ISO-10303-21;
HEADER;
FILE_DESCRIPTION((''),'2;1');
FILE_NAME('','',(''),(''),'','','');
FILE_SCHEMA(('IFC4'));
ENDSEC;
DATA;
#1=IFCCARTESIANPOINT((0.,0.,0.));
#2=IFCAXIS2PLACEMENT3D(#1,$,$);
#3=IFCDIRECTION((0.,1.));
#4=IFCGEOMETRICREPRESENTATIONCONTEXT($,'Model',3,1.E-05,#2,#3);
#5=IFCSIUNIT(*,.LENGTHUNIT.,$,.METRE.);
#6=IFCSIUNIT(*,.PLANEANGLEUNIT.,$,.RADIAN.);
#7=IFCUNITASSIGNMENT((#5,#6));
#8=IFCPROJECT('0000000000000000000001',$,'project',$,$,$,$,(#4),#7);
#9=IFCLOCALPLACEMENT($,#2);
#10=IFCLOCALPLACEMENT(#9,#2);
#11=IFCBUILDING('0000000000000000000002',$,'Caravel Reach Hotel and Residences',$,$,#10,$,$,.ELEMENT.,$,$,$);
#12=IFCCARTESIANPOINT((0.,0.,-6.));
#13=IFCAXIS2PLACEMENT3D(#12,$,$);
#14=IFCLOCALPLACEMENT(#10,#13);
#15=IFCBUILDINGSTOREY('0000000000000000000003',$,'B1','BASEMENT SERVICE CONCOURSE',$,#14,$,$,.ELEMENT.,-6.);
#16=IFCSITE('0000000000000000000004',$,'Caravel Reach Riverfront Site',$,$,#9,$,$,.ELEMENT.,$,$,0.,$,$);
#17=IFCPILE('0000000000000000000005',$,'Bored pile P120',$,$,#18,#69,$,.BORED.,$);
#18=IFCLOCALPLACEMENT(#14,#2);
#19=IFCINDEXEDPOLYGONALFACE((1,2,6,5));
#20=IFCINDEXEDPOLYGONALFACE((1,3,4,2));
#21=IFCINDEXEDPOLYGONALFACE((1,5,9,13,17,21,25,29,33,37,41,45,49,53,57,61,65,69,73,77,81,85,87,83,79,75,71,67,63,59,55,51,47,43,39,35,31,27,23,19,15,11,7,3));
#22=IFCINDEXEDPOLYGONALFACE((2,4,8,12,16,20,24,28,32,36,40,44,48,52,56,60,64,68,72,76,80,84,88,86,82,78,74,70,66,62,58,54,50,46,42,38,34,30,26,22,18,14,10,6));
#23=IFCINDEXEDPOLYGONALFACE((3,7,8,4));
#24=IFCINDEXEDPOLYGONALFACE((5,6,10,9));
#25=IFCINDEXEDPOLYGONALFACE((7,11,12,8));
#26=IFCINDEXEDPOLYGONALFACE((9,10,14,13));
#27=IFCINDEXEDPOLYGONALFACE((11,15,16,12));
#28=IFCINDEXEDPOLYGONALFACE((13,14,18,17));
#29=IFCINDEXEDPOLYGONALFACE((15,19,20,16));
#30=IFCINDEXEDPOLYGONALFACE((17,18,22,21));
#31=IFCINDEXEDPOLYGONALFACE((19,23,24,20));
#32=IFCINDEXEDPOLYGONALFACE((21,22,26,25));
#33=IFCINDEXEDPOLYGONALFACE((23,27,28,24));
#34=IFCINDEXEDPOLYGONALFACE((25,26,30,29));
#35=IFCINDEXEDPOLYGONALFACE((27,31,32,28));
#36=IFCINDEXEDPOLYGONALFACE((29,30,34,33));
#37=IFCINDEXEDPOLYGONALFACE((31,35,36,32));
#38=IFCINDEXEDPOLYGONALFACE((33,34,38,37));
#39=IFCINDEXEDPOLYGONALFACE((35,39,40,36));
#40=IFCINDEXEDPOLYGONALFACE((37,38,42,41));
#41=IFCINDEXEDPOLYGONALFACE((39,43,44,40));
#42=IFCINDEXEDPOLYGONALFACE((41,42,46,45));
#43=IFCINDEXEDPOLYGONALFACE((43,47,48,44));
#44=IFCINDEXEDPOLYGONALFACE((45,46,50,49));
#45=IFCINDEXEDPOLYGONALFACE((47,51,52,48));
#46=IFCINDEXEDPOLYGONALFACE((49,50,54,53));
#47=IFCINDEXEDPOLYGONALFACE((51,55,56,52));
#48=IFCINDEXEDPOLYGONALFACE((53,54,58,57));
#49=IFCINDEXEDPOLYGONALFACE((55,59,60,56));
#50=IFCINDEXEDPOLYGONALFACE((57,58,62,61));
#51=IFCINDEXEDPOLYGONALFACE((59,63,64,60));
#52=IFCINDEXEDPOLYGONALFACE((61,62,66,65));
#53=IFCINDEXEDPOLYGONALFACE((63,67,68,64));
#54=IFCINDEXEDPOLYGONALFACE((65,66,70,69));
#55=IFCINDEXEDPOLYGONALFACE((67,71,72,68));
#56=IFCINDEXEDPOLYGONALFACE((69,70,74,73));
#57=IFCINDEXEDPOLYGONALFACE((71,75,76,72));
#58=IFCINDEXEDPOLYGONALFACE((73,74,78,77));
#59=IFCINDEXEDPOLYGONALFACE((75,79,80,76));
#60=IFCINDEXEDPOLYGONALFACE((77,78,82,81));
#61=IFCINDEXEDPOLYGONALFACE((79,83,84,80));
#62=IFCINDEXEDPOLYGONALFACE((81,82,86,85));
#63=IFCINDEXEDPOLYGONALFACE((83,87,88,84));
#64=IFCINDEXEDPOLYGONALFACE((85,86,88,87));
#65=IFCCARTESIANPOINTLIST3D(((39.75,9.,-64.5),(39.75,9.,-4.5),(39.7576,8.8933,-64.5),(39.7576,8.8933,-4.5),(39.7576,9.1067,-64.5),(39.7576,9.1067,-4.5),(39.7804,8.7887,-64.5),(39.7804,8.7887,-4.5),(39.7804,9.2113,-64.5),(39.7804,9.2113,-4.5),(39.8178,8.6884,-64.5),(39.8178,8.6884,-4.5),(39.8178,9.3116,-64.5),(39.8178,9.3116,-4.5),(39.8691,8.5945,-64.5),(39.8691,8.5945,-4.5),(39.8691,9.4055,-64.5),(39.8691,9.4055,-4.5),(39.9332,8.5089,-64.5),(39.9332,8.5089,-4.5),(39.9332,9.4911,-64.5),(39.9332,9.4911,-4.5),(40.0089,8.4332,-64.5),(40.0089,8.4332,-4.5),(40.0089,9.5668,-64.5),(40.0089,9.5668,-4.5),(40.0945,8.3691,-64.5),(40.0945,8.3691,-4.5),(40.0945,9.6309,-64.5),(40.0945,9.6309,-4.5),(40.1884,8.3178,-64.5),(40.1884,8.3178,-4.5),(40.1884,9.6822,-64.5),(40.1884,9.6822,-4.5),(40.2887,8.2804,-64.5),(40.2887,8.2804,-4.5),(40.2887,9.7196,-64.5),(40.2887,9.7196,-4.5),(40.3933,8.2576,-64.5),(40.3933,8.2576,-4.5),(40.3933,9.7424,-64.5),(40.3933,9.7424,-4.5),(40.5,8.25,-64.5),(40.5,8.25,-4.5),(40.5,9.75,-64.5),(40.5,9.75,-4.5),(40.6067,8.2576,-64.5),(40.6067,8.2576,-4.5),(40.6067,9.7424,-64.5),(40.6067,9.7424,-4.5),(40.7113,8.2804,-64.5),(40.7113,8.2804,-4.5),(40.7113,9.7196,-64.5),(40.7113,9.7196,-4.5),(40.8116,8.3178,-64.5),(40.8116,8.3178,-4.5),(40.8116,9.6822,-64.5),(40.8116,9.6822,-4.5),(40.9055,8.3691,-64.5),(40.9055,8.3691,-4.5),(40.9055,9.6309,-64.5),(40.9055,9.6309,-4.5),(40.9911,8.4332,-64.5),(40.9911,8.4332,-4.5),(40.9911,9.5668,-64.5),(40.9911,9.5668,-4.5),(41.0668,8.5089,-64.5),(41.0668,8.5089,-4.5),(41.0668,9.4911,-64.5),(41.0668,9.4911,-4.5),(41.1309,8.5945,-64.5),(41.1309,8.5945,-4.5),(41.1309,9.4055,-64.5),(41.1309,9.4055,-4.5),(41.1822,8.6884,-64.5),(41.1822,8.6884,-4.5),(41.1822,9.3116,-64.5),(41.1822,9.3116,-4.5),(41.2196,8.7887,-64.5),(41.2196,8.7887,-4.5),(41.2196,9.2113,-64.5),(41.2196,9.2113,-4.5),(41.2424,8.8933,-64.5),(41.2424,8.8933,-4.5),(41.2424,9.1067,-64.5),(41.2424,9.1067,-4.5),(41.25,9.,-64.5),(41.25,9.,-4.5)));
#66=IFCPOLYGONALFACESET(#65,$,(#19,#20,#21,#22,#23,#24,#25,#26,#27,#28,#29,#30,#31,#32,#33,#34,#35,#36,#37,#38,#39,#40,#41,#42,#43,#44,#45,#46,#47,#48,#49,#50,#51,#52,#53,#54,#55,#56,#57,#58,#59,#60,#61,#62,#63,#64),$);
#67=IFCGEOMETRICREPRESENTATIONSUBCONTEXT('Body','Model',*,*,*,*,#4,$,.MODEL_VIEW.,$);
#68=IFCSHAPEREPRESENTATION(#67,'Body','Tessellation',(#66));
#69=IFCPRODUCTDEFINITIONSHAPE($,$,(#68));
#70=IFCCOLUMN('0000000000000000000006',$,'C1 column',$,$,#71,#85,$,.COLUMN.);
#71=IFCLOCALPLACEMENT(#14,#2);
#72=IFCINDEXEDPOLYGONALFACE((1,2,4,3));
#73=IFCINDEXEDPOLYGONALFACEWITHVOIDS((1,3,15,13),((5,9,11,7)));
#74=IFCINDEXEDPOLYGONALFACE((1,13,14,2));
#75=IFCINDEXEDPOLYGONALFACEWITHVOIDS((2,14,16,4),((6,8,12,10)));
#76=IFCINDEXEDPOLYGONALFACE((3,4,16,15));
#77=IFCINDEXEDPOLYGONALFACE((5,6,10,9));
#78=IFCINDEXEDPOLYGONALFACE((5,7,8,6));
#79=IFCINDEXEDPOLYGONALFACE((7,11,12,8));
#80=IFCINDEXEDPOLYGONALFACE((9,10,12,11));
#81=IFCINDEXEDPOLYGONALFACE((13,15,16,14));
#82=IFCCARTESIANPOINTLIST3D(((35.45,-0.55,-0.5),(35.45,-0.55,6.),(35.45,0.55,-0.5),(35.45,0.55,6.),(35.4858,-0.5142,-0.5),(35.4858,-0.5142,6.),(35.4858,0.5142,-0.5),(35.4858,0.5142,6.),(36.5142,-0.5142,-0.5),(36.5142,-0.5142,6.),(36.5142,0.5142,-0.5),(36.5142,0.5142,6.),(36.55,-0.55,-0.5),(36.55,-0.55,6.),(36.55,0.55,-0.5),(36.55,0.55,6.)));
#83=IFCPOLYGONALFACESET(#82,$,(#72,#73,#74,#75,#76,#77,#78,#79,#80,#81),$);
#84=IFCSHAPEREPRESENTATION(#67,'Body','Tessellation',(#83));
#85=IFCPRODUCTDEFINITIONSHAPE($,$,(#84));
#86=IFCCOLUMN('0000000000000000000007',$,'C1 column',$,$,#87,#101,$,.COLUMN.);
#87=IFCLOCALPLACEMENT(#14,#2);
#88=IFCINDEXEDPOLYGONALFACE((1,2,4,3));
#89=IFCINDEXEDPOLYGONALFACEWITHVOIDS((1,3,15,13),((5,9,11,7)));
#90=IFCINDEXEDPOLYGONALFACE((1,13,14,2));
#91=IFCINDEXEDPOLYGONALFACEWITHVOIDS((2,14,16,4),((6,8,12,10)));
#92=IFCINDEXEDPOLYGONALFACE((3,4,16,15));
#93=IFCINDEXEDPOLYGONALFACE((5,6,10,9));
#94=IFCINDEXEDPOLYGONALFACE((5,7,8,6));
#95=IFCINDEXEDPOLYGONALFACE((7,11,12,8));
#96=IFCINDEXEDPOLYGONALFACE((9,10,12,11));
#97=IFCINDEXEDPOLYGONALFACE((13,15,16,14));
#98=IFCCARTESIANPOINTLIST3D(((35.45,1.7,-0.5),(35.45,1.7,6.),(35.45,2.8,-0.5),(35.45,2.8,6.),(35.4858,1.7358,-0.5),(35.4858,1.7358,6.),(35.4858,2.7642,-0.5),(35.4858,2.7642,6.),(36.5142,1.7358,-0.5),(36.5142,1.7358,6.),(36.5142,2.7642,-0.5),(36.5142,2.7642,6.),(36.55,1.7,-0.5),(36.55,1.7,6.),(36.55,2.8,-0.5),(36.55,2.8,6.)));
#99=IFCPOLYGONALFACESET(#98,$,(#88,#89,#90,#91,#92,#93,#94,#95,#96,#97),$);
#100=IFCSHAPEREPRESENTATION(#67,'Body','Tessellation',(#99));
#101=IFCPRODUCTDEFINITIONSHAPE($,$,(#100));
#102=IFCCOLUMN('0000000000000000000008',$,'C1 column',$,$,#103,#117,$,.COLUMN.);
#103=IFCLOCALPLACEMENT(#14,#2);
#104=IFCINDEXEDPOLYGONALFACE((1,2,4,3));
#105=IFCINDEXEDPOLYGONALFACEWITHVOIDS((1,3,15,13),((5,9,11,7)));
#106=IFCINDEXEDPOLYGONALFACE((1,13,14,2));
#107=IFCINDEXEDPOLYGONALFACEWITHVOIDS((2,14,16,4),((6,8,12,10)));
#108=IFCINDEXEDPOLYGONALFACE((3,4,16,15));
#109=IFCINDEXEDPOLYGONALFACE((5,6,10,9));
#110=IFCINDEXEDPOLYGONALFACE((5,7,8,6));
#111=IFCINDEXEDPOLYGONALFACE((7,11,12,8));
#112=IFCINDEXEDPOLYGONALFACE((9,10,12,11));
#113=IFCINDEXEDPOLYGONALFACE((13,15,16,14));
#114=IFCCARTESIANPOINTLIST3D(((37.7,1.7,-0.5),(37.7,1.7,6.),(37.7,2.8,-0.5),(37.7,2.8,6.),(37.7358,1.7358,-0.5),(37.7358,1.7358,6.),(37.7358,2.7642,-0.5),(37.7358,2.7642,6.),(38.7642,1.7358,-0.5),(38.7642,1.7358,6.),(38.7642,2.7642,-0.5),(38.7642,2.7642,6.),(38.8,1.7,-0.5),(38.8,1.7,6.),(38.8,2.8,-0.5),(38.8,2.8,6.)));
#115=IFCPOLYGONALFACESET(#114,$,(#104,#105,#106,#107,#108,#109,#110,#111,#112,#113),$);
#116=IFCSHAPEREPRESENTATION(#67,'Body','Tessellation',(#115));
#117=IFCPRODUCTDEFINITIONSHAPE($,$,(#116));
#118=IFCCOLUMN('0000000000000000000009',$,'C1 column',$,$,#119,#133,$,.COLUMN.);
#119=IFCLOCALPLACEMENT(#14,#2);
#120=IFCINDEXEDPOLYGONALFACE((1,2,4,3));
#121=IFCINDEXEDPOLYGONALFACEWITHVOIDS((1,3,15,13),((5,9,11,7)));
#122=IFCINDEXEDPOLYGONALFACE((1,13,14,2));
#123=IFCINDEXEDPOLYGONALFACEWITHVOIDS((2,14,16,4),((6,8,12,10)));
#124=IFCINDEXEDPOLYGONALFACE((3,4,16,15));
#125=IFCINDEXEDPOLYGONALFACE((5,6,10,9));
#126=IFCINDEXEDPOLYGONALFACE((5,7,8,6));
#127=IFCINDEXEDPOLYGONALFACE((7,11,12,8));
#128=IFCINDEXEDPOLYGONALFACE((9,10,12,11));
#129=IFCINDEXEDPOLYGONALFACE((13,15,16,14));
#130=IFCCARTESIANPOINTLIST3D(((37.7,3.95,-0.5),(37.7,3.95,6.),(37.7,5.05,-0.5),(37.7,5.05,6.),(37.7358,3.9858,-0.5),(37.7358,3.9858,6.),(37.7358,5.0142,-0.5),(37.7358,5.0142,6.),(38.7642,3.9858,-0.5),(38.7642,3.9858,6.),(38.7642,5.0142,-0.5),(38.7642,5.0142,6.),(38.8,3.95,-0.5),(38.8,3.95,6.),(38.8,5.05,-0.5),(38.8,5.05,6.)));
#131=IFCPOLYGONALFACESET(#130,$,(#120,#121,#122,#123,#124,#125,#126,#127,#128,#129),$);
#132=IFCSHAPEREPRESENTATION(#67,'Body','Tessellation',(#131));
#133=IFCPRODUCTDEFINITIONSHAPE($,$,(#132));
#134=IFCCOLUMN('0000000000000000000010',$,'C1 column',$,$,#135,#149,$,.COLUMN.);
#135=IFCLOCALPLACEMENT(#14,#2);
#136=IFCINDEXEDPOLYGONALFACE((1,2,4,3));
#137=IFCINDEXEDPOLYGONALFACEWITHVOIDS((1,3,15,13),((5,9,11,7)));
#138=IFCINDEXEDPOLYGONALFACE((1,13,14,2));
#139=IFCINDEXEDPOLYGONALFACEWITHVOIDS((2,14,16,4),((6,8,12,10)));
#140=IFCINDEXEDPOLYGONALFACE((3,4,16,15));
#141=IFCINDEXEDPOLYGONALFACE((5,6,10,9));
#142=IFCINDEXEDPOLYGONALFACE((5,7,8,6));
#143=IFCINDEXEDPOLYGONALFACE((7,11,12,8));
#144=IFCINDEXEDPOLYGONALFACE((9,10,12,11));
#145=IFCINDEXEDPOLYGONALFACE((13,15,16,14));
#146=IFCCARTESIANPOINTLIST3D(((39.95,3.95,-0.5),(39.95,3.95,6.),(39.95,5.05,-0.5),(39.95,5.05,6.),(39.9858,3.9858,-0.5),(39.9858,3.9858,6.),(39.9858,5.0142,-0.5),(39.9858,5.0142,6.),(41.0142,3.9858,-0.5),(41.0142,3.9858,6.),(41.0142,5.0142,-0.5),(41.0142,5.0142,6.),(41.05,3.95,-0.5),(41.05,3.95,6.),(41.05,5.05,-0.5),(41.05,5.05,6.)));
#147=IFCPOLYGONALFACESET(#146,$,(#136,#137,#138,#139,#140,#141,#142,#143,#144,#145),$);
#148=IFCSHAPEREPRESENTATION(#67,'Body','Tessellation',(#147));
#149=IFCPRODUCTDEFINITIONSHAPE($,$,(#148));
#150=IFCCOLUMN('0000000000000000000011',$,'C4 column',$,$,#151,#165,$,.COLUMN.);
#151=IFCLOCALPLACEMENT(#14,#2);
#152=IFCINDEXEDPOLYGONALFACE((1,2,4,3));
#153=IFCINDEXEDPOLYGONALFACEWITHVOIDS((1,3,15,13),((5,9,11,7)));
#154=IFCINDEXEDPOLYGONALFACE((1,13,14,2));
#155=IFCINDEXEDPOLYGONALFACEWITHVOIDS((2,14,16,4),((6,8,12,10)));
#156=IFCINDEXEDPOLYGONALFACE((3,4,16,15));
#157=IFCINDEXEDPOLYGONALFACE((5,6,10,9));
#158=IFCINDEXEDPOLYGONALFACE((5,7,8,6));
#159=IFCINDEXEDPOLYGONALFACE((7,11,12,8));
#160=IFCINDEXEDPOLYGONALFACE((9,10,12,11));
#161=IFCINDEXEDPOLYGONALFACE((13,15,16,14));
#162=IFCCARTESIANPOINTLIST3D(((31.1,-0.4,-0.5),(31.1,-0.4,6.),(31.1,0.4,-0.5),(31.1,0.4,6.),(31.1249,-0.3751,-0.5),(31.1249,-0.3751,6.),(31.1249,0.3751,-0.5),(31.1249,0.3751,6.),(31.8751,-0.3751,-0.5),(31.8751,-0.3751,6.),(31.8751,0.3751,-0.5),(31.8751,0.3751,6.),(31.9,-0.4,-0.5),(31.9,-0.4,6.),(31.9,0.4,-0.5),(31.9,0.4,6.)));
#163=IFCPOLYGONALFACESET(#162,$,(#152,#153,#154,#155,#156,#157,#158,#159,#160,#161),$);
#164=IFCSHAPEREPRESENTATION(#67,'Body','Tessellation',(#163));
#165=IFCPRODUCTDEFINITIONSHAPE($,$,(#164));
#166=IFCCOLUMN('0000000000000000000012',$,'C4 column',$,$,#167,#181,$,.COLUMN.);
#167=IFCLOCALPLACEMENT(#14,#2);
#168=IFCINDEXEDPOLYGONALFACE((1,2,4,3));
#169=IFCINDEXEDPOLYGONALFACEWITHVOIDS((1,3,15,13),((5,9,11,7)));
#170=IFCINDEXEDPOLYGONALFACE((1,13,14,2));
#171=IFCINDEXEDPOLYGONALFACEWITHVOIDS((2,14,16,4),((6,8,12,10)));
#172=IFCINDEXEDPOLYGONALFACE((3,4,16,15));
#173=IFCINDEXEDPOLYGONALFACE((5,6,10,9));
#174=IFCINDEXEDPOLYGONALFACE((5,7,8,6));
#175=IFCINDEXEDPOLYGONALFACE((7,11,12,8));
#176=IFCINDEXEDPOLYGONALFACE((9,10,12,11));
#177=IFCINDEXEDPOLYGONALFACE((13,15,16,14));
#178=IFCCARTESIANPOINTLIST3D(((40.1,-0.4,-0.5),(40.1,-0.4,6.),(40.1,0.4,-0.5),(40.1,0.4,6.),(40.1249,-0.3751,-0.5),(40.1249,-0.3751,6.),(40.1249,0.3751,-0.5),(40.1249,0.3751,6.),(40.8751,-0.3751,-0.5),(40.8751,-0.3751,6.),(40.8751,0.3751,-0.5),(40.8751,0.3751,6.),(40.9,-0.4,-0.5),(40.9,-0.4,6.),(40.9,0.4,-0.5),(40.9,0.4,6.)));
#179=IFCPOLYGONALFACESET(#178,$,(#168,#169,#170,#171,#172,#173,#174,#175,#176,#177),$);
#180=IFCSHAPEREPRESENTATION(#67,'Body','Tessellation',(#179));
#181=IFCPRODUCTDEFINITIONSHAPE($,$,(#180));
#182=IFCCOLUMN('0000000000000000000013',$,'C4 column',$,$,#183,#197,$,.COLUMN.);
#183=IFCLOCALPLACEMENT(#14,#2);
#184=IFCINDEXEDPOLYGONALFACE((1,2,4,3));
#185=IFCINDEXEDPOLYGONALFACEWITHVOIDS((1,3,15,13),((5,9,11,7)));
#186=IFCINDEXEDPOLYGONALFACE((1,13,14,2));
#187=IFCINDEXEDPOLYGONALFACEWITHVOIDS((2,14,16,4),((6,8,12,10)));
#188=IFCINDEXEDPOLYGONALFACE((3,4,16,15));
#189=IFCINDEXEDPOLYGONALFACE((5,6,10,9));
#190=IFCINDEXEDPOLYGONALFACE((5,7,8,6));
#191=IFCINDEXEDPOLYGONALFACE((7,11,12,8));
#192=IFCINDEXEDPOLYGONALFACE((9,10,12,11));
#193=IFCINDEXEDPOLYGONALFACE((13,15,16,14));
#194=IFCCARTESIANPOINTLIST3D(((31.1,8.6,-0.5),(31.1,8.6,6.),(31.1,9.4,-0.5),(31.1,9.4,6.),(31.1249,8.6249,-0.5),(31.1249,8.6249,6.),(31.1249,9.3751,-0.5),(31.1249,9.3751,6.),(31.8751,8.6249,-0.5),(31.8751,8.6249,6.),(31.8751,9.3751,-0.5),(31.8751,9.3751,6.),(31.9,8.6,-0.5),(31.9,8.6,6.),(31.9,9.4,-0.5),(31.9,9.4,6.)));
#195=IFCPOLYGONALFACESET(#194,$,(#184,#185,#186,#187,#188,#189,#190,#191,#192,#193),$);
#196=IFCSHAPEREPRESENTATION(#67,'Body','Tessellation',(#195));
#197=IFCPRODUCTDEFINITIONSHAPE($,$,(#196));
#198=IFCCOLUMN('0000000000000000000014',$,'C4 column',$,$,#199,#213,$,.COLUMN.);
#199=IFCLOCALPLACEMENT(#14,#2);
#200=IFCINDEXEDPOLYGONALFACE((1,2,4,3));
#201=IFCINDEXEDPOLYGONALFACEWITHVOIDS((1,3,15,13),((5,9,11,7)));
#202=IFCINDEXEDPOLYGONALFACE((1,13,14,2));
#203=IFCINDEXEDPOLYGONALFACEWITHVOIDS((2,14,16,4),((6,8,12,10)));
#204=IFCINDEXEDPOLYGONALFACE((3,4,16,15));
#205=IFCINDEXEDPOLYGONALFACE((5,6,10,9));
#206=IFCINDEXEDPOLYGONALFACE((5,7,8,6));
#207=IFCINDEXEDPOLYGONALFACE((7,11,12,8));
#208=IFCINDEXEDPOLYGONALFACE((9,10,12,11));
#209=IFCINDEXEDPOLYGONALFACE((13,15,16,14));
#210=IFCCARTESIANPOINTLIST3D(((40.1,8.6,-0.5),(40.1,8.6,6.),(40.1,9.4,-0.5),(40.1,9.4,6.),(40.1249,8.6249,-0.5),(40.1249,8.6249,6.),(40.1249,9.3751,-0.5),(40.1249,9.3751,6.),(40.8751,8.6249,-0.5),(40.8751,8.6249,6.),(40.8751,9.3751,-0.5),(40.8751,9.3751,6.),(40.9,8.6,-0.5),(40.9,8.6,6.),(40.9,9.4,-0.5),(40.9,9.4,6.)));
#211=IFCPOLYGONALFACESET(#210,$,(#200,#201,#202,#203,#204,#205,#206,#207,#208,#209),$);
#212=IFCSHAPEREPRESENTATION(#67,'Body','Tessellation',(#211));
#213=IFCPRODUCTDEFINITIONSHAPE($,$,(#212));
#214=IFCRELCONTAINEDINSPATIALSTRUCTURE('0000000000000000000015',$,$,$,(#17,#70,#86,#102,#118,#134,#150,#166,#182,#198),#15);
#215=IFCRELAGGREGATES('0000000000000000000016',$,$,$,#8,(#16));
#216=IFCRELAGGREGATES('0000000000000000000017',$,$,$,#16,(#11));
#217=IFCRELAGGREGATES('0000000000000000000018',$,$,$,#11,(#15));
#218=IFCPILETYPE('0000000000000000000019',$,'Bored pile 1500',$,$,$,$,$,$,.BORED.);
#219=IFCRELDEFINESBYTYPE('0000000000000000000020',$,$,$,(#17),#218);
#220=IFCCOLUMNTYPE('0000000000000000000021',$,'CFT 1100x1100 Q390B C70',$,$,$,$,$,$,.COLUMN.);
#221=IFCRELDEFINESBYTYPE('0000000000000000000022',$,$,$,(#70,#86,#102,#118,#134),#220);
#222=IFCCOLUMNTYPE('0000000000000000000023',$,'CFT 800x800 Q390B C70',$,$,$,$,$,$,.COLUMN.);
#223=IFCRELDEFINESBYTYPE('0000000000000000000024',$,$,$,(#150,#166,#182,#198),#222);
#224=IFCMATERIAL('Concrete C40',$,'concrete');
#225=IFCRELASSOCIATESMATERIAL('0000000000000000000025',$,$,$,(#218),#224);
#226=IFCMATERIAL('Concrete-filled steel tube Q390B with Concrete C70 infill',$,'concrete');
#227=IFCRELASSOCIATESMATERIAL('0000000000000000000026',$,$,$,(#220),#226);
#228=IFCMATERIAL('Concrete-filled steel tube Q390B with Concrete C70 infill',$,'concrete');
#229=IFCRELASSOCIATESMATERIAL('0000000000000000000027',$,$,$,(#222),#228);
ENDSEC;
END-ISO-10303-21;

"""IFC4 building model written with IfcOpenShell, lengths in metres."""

from ifc_helpers import new_model, si_unit, direction, frame, origin, origin_2d, place, context, subcontext, project, spatial, hollow_rectangle, circle, extrude, material, material_profile, profile_set, type_object, element, save


model = new_model("IFC4")

# Units and contexts
model_context = context("Model", 3, precision=1e-05, world=origin(), true_north=direction((0.0, 1.0)))
body_context = subcontext(model_context, "Body", "Model", "MODEL_VIEW")
ifc_project = project(units=[si_unit("LENGTHUNIT", "METRE"), si_unit("PLANEANGLEUNIT", "RADIAN")], contexts=[model_context])

# Site, building, storey
site_placement = place(None, origin())
site = spatial("IfcSite", under=ifc_project, at=site_placement, Name="Caravel Reach Riverfront Site", CompositionType="ELEMENT", RefElevation=0.0)
building_placement = place(site_placement, origin())
building = spatial("IfcBuilding", under=site, at=building_placement, Name="Caravel Reach Hotel and Residences", CompositionType="ELEMENT")
storey_placement = place(building_placement, frame((0.0, 0.0, -6.0)))
storey = spatial("IfcBuildingStorey", under=building, at=storey_placement, Name="B1", Description="BASEMENT SERVICE CONCOURSE", CompositionType="ELEMENT", Elevation=-6.0)

# Pile
ifc_material_1 = material(Name="Concrete C40", Category="concrete")
ifc_material_profile_1 = material_profile(ifc_material_1, circle(Radius=0.75, at=origin_2d()), Name="PILE 1500")
ifc_profile_set_1 = profile_set([ifc_material_profile_1], Name="Concrete C40")
pile_type = type_object("IfcPileType", Name="Bored pile 1500", PredefinedType="BORED", material=ifc_profile_set_1)
for number, where, z_axis, x_axis, name in (
    (1, (40.5, 9.0, -4.5), (0.0, 0.0, -1.0), (1.0, 0.0, 0.0), "Bored pile P120"),
):
    element("IfcPile", number, at=place(storey_placement, frame(where, z_axis=z_axis, x_axis=x_axis)), inside=storey, type_object=pile_type, Name=name, PredefinedType="BORED", context=body_context, shape_type="SweptSolid", body=[
        extrude(circle(Radius=0.75, at=origin_2d()), origin(), (0.0, 0.0, 1.0), 60.0),
    ])

# Columns
ifc_material_2 = material(Name="Concrete-filled steel tube Q390B with Concrete C70 infill", Category="concrete")
ifc_material_profile_2 = material_profile(ifc_material_2, hollow_rectangle(XDim=1.1001, YDim=1.1001, WallThickness=0.0359, at=origin_2d()), Name="RHS 1100x1100x36")
ifc_profile_set_2 = profile_set([ifc_material_profile_2], Name="Concrete-filled steel tube Q390B with Concrete C70 infill")
column_type_1 = type_object("IfcColumnType", Name="CFT 1100x1100 Q390B C70", PredefinedType="COLUMN", material=ifc_profile_set_2)
for number, where, z_axis, x_axis, name in (
    (2, (36.0, 0.0, -0.5), (0.0, 0.0, 1.0), (1.0, 0.0, 0.0), "C1 column"),
    (3, (36.0, 2.25, -0.5), (0.0, 0.0, 1.0), (1.0, 0.0, 0.0), "C1 column"),
    (4, (38.25, 2.25, -0.5), (0.0, 0.0, 1.0), (1.0, 0.0, 0.0), "C1 column"),
    (5, (38.25, 4.5, -0.5), (0.0, 0.0, 1.0), (1.0, 0.0, 0.0), "C1 column"),
    (6, (40.5, 4.5, -0.5), (0.0, 0.0, 1.0), (1.0, 0.0, 0.0), "C1 column"),
):
    element("IfcColumn", number, at=place(storey_placement, frame(where, z_axis=z_axis, x_axis=x_axis)), inside=storey, type_object=column_type_1, Name=name, PredefinedType="COLUMN", context=body_context, shape_type="SweptSolid", body=[
        extrude(hollow_rectangle(XDim=1.1001, YDim=1.1001, WallThickness=0.0359, at=origin_2d()), origin(), (0.0, 0.0, 1.0), 6.5),
    ])
ifc_material_3 = material(Name="Concrete-filled steel tube Q390B with Concrete C70 infill", Category="concrete")
ifc_material_profile_3 = material_profile(ifc_material_3, hollow_rectangle(XDim=0.8, YDim=0.8, WallThickness=0.0249, at=origin_2d()), Name="RHS 800x800x25")
ifc_profile_set_3 = profile_set([ifc_material_profile_3], Name="Concrete-filled steel tube Q390B with Concrete C70 infill")
column_type_2 = type_object("IfcColumnType", Name="CFT 800x800 Q390B C70", PredefinedType="COLUMN", material=ifc_profile_set_3)
for number, where, z_axis, x_axis, name in (
    (7, (31.5, 0.0, -0.5), (0.0, 0.0, 1.0), (1.0, 0.0, 0.0), "C4 column"),
    (8, (40.5, 0.0, -0.5), (0.0, 0.0, 1.0), (1.0, 0.0, 0.0), "C4 column"),
    (9, (31.5, 9.0, -0.5), (0.0, 0.0, 1.0), (1.0, 0.0, 0.0), "C4 column"),
    (10, (40.5, 9.0, -0.5), (0.0, 0.0, 1.0), (1.0, 0.0, 0.0), "C4 column"),
):
    element("IfcColumn", number, at=place(storey_placement, frame(where, z_axis=z_axis, x_axis=x_axis)), inside=storey, type_object=column_type_2, Name=name, PredefinedType="COLUMN", context=body_context, shape_type="SweptSolid", body=[
        extrude(hollow_rectangle(XDim=0.8, YDim=0.8, WallThickness=0.0249, at=origin_2d()), origin(), (0.0, 0.0, 1.0), 6.5),
    ])

save(model, "model.ifc")
